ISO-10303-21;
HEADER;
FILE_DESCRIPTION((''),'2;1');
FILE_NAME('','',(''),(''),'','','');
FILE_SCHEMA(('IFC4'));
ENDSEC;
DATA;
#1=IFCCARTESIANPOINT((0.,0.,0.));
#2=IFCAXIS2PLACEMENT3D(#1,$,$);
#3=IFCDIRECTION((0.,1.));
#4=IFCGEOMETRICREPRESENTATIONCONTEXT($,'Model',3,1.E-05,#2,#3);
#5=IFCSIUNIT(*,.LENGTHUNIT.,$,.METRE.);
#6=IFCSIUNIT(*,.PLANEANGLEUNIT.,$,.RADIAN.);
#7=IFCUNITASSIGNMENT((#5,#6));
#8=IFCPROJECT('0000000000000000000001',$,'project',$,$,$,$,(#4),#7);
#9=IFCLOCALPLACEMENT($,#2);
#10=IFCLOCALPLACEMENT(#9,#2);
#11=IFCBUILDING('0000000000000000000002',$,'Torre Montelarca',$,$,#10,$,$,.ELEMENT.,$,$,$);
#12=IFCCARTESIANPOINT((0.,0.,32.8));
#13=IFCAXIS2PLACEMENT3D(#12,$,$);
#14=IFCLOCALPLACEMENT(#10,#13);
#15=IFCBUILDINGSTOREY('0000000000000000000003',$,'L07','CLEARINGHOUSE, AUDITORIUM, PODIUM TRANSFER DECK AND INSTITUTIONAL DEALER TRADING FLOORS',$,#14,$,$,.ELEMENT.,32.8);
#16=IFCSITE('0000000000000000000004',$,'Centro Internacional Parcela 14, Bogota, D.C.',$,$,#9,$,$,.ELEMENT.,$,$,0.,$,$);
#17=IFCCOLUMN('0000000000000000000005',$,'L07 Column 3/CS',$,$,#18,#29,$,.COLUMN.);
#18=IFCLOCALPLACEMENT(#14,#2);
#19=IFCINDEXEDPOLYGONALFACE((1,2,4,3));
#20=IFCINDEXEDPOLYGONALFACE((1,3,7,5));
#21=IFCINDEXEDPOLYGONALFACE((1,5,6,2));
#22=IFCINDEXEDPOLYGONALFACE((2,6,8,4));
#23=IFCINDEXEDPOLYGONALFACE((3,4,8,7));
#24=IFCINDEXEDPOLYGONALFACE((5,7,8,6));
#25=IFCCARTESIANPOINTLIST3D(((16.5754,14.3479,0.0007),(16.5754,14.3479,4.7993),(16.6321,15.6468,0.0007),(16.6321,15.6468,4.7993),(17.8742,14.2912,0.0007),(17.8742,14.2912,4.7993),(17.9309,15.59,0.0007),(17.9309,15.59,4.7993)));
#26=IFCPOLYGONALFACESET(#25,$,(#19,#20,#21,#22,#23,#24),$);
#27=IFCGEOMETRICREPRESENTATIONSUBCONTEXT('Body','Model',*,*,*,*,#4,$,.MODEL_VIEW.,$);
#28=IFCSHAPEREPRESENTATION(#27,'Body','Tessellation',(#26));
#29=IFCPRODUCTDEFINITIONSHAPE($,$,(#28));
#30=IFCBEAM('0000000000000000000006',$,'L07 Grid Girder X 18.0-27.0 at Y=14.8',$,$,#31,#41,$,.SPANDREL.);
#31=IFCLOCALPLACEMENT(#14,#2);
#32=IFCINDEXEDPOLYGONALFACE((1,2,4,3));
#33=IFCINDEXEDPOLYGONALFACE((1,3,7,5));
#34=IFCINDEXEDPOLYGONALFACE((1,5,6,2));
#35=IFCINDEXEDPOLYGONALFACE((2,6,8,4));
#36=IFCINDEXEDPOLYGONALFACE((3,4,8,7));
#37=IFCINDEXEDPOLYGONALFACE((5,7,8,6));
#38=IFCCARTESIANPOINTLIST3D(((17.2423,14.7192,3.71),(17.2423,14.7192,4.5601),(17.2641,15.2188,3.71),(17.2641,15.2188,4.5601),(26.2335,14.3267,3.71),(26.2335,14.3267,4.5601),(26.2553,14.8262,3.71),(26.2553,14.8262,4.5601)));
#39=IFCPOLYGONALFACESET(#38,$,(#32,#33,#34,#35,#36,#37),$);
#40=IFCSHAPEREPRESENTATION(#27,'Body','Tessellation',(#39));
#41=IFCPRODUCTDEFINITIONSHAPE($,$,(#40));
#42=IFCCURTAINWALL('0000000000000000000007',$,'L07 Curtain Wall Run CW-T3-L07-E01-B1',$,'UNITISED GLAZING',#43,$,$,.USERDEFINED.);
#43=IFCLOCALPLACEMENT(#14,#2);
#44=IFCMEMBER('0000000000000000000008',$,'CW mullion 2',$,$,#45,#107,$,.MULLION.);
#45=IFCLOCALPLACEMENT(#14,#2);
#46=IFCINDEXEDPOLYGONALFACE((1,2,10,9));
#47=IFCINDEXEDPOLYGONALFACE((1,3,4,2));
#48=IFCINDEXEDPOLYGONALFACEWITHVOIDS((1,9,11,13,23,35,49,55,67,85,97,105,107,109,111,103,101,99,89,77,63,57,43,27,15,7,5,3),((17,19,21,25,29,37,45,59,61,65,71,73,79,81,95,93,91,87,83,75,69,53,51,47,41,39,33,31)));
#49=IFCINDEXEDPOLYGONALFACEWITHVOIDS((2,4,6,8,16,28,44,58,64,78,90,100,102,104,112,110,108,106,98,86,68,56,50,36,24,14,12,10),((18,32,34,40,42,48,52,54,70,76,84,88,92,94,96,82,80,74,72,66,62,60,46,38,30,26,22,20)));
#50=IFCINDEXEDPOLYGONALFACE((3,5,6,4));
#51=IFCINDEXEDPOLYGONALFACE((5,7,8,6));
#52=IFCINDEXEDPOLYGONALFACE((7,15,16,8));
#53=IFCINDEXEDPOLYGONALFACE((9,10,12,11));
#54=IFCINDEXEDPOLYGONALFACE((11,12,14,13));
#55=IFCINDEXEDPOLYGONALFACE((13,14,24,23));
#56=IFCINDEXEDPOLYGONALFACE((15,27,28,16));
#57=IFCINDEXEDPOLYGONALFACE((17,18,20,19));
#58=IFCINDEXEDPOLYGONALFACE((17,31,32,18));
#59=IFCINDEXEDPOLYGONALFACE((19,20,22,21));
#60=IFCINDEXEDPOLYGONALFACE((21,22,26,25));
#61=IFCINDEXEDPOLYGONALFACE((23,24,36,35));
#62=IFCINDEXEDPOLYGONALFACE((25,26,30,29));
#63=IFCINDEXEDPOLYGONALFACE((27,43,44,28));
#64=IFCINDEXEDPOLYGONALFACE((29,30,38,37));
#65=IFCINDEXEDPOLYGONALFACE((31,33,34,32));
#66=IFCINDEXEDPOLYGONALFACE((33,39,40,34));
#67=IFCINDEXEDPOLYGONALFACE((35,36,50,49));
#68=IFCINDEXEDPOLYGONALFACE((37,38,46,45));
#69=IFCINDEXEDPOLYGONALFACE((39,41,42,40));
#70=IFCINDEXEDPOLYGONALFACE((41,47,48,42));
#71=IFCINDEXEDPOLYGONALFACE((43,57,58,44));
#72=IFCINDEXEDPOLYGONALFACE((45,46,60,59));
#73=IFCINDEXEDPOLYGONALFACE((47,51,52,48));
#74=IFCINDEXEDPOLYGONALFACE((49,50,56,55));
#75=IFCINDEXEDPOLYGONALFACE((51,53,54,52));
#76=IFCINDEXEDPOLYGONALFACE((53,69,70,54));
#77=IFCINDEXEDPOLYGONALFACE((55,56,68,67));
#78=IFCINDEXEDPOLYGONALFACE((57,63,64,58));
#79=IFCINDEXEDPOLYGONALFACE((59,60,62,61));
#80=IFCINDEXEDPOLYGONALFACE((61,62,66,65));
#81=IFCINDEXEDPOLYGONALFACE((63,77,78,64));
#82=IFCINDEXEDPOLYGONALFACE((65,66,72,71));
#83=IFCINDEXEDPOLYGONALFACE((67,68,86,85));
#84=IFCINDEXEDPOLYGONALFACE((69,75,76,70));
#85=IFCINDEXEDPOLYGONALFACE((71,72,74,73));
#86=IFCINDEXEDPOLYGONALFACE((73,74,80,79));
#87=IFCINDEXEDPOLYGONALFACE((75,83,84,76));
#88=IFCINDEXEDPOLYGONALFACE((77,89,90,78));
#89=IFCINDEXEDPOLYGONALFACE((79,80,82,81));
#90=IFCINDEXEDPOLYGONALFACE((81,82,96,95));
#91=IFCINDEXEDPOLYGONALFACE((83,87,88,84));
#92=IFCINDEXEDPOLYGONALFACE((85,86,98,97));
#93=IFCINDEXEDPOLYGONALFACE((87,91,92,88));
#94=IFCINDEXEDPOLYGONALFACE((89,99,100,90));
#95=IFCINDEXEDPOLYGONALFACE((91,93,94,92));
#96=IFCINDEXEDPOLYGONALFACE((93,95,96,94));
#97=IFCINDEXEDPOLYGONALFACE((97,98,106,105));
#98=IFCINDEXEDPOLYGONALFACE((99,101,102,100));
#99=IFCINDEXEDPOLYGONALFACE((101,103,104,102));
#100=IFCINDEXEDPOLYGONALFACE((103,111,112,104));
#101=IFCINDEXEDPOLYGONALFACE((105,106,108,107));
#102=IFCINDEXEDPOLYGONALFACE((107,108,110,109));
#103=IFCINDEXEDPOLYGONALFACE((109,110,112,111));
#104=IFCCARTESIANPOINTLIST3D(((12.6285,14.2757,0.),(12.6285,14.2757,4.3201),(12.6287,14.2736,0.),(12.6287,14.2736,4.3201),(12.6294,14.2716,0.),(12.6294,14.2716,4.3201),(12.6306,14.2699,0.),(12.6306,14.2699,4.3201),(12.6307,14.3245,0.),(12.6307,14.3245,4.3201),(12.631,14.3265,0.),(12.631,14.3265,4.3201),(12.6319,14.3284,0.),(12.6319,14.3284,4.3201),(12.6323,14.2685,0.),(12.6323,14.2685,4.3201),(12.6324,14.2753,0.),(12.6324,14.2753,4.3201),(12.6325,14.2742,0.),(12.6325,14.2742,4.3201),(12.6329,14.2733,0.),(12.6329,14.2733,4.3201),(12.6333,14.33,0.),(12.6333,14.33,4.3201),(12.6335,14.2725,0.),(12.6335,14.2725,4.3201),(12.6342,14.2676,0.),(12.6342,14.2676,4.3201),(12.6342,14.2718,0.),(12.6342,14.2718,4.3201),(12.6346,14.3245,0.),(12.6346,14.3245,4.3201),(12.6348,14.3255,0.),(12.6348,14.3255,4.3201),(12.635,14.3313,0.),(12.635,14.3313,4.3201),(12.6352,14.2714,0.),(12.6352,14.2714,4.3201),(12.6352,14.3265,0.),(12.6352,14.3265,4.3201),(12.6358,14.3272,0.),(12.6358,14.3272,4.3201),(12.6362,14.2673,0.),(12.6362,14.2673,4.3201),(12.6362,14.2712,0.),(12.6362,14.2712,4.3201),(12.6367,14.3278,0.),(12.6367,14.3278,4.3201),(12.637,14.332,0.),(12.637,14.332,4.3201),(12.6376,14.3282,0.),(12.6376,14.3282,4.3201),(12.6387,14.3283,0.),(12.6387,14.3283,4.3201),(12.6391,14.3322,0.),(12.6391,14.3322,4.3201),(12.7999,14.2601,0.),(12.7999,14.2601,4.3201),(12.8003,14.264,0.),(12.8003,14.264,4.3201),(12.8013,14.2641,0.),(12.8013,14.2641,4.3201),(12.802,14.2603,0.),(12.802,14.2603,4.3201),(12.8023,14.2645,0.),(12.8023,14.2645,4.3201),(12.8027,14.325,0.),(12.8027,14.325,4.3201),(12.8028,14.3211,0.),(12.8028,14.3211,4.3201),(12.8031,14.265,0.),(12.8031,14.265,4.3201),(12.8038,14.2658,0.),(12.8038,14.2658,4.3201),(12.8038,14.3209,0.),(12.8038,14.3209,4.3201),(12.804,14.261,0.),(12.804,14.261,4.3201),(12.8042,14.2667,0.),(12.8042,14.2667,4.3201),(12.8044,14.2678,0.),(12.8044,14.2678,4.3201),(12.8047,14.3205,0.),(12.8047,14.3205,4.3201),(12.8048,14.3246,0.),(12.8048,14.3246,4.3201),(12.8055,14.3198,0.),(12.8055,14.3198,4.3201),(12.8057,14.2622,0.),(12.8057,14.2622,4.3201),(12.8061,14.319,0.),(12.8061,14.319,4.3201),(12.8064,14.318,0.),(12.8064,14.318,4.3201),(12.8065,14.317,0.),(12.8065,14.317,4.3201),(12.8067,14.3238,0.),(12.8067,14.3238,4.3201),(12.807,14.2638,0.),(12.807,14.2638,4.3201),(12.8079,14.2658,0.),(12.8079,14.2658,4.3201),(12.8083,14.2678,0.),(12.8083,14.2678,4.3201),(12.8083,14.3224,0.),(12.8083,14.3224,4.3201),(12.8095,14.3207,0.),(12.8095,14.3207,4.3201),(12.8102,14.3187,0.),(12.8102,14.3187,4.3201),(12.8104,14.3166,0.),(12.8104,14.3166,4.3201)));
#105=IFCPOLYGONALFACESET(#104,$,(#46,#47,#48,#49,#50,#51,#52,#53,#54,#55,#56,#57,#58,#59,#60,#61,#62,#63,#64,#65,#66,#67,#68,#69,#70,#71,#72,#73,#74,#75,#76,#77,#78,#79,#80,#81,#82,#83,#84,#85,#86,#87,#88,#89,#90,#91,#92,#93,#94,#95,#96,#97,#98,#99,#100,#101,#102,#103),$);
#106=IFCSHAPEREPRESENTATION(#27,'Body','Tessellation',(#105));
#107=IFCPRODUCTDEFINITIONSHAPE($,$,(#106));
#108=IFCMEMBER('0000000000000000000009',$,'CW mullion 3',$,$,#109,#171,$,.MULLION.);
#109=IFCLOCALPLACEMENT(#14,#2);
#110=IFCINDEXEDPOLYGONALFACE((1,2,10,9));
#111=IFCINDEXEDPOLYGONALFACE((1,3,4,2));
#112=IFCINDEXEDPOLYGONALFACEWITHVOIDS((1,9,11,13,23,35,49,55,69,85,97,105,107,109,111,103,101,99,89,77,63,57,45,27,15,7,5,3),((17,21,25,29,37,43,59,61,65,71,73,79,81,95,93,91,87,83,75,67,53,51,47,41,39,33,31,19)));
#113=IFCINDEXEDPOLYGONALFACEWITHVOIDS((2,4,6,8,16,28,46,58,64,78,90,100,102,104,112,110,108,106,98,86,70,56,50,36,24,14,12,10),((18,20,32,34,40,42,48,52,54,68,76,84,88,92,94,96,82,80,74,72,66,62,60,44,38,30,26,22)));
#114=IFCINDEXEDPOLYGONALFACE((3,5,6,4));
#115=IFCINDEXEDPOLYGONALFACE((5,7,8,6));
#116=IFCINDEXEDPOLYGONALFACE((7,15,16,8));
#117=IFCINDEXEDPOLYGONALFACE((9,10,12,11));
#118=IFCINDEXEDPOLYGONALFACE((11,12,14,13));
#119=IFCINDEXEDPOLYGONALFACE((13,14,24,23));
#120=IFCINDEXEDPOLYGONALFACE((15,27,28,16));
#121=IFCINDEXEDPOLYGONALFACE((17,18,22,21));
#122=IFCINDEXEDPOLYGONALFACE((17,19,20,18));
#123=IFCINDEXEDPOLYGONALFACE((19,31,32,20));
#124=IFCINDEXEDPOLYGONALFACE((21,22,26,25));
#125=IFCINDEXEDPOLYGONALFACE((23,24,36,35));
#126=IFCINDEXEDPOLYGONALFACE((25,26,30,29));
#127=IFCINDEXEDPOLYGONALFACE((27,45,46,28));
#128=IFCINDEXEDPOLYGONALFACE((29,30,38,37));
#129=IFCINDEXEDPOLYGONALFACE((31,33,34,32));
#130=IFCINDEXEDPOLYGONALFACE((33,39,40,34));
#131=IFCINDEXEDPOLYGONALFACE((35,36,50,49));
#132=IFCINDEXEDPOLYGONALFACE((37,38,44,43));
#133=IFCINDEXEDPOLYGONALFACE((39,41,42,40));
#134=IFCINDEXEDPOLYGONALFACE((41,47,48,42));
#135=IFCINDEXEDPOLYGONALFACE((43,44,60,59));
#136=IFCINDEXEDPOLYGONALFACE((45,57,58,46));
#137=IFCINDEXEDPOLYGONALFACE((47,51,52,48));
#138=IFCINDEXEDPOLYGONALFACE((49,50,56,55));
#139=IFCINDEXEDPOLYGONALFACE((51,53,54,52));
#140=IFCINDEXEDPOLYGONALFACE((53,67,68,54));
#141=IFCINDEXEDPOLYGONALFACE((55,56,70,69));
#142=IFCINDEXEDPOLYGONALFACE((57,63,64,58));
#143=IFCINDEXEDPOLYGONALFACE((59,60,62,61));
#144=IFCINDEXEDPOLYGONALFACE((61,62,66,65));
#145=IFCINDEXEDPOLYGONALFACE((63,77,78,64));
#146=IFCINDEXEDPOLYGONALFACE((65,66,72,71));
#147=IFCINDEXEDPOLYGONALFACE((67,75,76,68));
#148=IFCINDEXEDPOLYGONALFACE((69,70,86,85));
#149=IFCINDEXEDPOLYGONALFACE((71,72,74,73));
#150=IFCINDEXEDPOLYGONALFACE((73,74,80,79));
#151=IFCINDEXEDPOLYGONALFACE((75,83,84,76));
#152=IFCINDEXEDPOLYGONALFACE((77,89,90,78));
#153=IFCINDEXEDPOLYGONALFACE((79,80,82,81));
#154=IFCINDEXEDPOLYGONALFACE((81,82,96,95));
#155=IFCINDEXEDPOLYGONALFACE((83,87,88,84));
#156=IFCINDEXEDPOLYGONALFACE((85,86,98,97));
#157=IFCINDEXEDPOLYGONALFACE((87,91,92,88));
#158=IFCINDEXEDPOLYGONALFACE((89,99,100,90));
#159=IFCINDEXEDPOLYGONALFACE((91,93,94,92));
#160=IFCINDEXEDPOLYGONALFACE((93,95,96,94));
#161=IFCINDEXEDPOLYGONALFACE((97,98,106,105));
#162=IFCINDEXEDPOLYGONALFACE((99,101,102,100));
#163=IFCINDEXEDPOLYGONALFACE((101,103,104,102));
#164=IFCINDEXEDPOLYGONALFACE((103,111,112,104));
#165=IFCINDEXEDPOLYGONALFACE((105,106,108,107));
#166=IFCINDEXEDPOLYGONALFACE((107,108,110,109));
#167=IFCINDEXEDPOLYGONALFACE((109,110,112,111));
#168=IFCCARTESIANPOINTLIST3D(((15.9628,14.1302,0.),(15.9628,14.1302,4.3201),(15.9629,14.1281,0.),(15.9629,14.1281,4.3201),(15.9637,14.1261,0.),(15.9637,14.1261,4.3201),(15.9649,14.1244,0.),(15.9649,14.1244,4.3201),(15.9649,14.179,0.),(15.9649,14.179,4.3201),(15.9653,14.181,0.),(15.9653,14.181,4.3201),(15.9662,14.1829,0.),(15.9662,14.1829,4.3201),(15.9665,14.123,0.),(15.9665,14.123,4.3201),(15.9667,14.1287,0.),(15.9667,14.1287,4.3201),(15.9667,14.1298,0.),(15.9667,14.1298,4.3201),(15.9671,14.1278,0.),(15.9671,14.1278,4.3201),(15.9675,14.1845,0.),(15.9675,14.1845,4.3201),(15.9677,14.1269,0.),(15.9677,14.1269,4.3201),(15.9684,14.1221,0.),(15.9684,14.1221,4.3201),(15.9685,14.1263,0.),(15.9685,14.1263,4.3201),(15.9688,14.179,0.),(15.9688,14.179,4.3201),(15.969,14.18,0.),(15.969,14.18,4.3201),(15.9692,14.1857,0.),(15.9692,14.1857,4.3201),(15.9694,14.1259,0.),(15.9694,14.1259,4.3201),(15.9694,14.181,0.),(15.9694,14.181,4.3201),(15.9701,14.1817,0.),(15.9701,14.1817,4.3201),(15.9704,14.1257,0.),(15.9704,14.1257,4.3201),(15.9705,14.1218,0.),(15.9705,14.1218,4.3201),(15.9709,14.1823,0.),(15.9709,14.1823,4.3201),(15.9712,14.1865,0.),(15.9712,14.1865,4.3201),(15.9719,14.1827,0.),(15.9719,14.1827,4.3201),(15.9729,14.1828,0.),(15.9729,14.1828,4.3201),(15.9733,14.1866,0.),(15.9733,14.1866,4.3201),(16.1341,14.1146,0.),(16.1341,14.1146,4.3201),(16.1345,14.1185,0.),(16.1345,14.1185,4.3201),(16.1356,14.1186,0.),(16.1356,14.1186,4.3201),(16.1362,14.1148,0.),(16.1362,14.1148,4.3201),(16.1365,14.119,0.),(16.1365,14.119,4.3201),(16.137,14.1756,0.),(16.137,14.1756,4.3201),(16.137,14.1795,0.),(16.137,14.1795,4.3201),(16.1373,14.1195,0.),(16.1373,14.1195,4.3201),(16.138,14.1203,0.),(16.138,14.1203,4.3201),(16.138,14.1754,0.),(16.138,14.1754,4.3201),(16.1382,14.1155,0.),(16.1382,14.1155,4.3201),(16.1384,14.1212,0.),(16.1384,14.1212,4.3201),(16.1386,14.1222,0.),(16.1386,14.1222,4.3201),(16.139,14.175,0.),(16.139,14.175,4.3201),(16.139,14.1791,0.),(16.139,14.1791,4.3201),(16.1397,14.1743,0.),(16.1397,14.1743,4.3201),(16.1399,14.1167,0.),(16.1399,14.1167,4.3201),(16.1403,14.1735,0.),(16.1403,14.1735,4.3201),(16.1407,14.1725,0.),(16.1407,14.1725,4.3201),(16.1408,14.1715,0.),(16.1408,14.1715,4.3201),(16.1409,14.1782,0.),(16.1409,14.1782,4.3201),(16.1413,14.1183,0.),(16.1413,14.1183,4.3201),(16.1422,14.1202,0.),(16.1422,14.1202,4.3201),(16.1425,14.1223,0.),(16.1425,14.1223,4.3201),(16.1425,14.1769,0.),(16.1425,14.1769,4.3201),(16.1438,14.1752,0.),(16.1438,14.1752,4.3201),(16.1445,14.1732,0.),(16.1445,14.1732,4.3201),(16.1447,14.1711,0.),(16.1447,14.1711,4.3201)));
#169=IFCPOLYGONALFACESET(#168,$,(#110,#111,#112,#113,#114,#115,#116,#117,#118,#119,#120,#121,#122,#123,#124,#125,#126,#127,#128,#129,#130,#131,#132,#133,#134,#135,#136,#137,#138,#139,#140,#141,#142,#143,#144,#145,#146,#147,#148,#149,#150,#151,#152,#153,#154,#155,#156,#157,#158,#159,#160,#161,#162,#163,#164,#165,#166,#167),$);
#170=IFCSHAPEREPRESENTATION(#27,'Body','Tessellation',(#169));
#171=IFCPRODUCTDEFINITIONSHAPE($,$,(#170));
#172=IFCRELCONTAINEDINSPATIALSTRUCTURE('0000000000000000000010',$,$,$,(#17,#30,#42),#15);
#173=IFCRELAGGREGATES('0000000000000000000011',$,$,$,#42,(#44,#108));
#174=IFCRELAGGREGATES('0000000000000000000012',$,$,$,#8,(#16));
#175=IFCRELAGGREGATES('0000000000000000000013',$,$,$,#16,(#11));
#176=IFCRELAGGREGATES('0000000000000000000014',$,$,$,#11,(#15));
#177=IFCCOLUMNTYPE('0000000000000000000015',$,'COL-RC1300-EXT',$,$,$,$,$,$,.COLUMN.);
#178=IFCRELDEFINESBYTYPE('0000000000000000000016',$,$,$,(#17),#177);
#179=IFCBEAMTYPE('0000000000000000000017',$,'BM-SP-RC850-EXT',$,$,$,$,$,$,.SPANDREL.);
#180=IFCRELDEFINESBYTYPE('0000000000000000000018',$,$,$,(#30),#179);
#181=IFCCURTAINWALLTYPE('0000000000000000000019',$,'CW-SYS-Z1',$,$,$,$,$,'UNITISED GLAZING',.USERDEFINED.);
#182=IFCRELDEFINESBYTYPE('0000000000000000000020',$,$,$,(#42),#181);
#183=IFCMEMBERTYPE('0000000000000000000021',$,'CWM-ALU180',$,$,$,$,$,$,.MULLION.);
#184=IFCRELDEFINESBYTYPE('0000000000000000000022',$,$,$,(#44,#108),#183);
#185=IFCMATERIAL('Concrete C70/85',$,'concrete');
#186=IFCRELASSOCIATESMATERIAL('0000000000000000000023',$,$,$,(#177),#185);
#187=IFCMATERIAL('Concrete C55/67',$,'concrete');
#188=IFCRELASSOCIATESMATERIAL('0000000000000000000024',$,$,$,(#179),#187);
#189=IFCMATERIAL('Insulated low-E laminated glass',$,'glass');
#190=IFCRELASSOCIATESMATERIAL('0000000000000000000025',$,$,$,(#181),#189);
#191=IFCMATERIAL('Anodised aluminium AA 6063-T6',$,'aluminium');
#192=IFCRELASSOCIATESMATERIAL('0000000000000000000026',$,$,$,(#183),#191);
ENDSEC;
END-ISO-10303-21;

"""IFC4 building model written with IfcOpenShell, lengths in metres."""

from ifc_helpers import new_model, si_unit, direction, frame, origin, origin_2d, place, context, subcontext, project, spatial, rectangle, hollow_rectangle, extrude, source, transform, mapped, material, material_profile, profile_set, type_object, element, aggregate, save


model = new_model("IFC4")

# Units and contexts
model_context = context("Model", 3, precision=1e-05, world=origin(), true_north=direction((0.0, 1.0)))
body_context = subcontext(model_context, "Body", "Model", "MODEL_VIEW")
ifc_project = project(units=[si_unit("LENGTHUNIT", "METRE"), si_unit("PLANEANGLEUNIT", "RADIAN")], contexts=[model_context])

# Site, building, storey
site_placement = place(None, origin())
site = spatial("IfcSite", under=ifc_project, at=site_placement, Name="Centro Internacional Parcela 14, Bogota, D.C.", CompositionType="ELEMENT", RefElevation=0.0)
building_placement = place(site_placement, origin())
building = spatial("IfcBuilding", under=site, at=building_placement, Name="Torre Montelarca", CompositionType="ELEMENT")
storey_placement = place(building_placement, frame((0.0, 0.0, 32.8)))
storey = spatial("IfcBuildingStorey", under=building, at=storey_placement, Name="L07", Description="CLEARINGHOUSE, AUDITORIUM, PODIUM TRANSFER DECK AND INSTITUTIONAL DEALER TRADING FLOORS", CompositionType="ELEMENT", Elevation=32.8)

# Column
ifc_material_1 = material(Name="Concrete C70/85", Category="concrete")
ifc_material_profile_1 = material_profile(ifc_material_1, rectangle(XDim=1.3, YDim=1.3, at=origin_2d()), Name="RC1300X1300", Category="concrete")
ifc_profile_set_1 = profile_set([ifc_material_profile_1], Name="Concrete C70/85")
column_type = type_object("IfcColumnType", Name="COL-RC1300-EXT", PredefinedType="COLUMN", material=ifc_profile_set_1)
shared_shape_1 = source(origin(), body_context, "Body", "SweptSolid", [
    extrude(rectangle(XDim=1.3, YDim=1.3, at=origin_2d()), origin(), (0.0, 0.0, 1.0), 4.7986),
])
column_placement = place(storey_placement, frame((17.2532, 14.969, 0.0007), z_axis=(0.0, 0.0, 1.0), x_axis=(-0.999048, 0.043619, 0.0)))
element("IfcColumn", 1, at=column_placement, inside=storey, type_object=column_type, Name="L07 Column 3/CS", PredefinedType="COLUMN", context=body_context, shape_type="MappedRepresentation", body=[
    mapped(shared_shape_1, transform((0.0, 0.0, 0.0), scale=1.0)),
])

# Beam
ifc_material_2 = material(Name="Concrete C55/67", Category="concrete")
ifc_material_profile_2 = material_profile(ifc_material_2, rectangle(XDim=0.5, YDim=0.8501, at=origin_2d()), Name="RCB500X850", Category="concrete")
ifc_profile_set_2 = profile_set([ifc_material_profile_2], Name="Concrete C55/67")
beam_type = type_object("IfcBeamType", Name="BM-SP-RC850-EXT", PredefinedType="SPANDREL", material=ifc_profile_set_2)
shared_shape_2 = source(origin(), body_context, "Body", "SweptSolid", [
    extrude(rectangle(XDim=0.5, YDim=0.8501, at=origin_2d()), origin(), (0.0, 0.0, 1.0), 8.9998),
])
beam_placement = place(storey_placement, frame((17.2532, 14.969, 4.135), z_axis=(0.999048, -0.043621, 0.0), x_axis=(0.043621, 0.999048, 0.0)))
element("IfcBeam", 2, at=beam_placement, inside=storey, type_object=beam_type, Name="L07 Grid Girder X 18.0-27.0 at Y=14.8", PredefinedType="SPANDREL", context=body_context, shape_type="MappedRepresentation", body=[
    mapped(shared_shape_2, transform((0.0, 0.0, 0.0), scale=1.0)),
])

# Curtain wall, members
ifc_material_3 = material(Name="Insulated low-E laminated glass", Category="glass")
curtain_wall_type = type_object("IfcCurtainWallType", Name="CW-SYS-Z1", ElementType="UNITISED GLAZING", PredefinedType="USERDEFINED", material=ifc_material_3)
curtain_wall_placement = place(storey_placement, origin())
curtain_wall = element("IfcCurtainWall", 3, at=curtain_wall_placement, inside=storey, type_object=curtain_wall_type, Name="L07 Curtain Wall Run CW-T3-L07-E01-B1", ObjectType="UNITISED GLAZING", PredefinedType="USERDEFINED")
ifc_material_4 = material(Name="Anodised aluminium AA 6063-T6", Category="aluminium")
ifc_material_profile_3 = material_profile(ifc_material_4, hollow_rectangle(XDim=0.0649, YDim=0.1799, WallThickness=0.0039, InnerFilletRadius=0.0039, OuterFilletRadius=0.0081, at=origin_2d()), Name="ALU65X180X4", Category="aluminium")
ifc_profile_set_3 = profile_set([ifc_material_profile_3], Name="Anodised aluminium AA 6063-T6")
member_type_1 = type_object("IfcMemberType", Name="CWM-ALU180", PredefinedType="MULLION", material=ifc_profile_set_3)
shared_shape_3 = source(origin(), body_context, "Body", "SweptSolid", [
    extrude(hollow_rectangle(XDim=0.0649, YDim=0.1799, WallThickness=0.0039, InnerFilletRadius=0.0039, OuterFilletRadius=0.0081, at=origin_2d()), origin(), (0.0, 0.0, 1.0), 4.3201),
])
member_1_placement = place(storey_placement, frame((12.7195, 14.2961, 0.0), z_axis=(0.0, 0.0, 1.0), x_axis=(0.043635, 0.999048, 0.0)))
member_1 = element("IfcMember", 4, at=member_1_placement, type_object=member_type_1, Name="CW mullion 2", PredefinedType="MULLION", context=body_context, shape_type="MappedRepresentation", body=[
    mapped(shared_shape_3, transform((0.0, 0.0, 0.0), scale=1.0)),
])
member_2_placement = place(storey_placement, frame((16.0537, 14.1506, 0.0), z_axis=(0.0, 0.0, 1.0), x_axis=(0.043635, 0.999048, 0.0)))
member_2 = element("IfcMember", 5, at=member_2_placement, type_object=member_type_1, Name="CW mullion 3", PredefinedType="MULLION", context=body_context, shape_type="MappedRepresentation", body=[
    mapped(shared_shape_3, transform((0.0, 0.0, 0.0), scale=1.0)),
])
aggregate(curtain_wall, [member_1, member_2])

save(model, "model.ifc")
